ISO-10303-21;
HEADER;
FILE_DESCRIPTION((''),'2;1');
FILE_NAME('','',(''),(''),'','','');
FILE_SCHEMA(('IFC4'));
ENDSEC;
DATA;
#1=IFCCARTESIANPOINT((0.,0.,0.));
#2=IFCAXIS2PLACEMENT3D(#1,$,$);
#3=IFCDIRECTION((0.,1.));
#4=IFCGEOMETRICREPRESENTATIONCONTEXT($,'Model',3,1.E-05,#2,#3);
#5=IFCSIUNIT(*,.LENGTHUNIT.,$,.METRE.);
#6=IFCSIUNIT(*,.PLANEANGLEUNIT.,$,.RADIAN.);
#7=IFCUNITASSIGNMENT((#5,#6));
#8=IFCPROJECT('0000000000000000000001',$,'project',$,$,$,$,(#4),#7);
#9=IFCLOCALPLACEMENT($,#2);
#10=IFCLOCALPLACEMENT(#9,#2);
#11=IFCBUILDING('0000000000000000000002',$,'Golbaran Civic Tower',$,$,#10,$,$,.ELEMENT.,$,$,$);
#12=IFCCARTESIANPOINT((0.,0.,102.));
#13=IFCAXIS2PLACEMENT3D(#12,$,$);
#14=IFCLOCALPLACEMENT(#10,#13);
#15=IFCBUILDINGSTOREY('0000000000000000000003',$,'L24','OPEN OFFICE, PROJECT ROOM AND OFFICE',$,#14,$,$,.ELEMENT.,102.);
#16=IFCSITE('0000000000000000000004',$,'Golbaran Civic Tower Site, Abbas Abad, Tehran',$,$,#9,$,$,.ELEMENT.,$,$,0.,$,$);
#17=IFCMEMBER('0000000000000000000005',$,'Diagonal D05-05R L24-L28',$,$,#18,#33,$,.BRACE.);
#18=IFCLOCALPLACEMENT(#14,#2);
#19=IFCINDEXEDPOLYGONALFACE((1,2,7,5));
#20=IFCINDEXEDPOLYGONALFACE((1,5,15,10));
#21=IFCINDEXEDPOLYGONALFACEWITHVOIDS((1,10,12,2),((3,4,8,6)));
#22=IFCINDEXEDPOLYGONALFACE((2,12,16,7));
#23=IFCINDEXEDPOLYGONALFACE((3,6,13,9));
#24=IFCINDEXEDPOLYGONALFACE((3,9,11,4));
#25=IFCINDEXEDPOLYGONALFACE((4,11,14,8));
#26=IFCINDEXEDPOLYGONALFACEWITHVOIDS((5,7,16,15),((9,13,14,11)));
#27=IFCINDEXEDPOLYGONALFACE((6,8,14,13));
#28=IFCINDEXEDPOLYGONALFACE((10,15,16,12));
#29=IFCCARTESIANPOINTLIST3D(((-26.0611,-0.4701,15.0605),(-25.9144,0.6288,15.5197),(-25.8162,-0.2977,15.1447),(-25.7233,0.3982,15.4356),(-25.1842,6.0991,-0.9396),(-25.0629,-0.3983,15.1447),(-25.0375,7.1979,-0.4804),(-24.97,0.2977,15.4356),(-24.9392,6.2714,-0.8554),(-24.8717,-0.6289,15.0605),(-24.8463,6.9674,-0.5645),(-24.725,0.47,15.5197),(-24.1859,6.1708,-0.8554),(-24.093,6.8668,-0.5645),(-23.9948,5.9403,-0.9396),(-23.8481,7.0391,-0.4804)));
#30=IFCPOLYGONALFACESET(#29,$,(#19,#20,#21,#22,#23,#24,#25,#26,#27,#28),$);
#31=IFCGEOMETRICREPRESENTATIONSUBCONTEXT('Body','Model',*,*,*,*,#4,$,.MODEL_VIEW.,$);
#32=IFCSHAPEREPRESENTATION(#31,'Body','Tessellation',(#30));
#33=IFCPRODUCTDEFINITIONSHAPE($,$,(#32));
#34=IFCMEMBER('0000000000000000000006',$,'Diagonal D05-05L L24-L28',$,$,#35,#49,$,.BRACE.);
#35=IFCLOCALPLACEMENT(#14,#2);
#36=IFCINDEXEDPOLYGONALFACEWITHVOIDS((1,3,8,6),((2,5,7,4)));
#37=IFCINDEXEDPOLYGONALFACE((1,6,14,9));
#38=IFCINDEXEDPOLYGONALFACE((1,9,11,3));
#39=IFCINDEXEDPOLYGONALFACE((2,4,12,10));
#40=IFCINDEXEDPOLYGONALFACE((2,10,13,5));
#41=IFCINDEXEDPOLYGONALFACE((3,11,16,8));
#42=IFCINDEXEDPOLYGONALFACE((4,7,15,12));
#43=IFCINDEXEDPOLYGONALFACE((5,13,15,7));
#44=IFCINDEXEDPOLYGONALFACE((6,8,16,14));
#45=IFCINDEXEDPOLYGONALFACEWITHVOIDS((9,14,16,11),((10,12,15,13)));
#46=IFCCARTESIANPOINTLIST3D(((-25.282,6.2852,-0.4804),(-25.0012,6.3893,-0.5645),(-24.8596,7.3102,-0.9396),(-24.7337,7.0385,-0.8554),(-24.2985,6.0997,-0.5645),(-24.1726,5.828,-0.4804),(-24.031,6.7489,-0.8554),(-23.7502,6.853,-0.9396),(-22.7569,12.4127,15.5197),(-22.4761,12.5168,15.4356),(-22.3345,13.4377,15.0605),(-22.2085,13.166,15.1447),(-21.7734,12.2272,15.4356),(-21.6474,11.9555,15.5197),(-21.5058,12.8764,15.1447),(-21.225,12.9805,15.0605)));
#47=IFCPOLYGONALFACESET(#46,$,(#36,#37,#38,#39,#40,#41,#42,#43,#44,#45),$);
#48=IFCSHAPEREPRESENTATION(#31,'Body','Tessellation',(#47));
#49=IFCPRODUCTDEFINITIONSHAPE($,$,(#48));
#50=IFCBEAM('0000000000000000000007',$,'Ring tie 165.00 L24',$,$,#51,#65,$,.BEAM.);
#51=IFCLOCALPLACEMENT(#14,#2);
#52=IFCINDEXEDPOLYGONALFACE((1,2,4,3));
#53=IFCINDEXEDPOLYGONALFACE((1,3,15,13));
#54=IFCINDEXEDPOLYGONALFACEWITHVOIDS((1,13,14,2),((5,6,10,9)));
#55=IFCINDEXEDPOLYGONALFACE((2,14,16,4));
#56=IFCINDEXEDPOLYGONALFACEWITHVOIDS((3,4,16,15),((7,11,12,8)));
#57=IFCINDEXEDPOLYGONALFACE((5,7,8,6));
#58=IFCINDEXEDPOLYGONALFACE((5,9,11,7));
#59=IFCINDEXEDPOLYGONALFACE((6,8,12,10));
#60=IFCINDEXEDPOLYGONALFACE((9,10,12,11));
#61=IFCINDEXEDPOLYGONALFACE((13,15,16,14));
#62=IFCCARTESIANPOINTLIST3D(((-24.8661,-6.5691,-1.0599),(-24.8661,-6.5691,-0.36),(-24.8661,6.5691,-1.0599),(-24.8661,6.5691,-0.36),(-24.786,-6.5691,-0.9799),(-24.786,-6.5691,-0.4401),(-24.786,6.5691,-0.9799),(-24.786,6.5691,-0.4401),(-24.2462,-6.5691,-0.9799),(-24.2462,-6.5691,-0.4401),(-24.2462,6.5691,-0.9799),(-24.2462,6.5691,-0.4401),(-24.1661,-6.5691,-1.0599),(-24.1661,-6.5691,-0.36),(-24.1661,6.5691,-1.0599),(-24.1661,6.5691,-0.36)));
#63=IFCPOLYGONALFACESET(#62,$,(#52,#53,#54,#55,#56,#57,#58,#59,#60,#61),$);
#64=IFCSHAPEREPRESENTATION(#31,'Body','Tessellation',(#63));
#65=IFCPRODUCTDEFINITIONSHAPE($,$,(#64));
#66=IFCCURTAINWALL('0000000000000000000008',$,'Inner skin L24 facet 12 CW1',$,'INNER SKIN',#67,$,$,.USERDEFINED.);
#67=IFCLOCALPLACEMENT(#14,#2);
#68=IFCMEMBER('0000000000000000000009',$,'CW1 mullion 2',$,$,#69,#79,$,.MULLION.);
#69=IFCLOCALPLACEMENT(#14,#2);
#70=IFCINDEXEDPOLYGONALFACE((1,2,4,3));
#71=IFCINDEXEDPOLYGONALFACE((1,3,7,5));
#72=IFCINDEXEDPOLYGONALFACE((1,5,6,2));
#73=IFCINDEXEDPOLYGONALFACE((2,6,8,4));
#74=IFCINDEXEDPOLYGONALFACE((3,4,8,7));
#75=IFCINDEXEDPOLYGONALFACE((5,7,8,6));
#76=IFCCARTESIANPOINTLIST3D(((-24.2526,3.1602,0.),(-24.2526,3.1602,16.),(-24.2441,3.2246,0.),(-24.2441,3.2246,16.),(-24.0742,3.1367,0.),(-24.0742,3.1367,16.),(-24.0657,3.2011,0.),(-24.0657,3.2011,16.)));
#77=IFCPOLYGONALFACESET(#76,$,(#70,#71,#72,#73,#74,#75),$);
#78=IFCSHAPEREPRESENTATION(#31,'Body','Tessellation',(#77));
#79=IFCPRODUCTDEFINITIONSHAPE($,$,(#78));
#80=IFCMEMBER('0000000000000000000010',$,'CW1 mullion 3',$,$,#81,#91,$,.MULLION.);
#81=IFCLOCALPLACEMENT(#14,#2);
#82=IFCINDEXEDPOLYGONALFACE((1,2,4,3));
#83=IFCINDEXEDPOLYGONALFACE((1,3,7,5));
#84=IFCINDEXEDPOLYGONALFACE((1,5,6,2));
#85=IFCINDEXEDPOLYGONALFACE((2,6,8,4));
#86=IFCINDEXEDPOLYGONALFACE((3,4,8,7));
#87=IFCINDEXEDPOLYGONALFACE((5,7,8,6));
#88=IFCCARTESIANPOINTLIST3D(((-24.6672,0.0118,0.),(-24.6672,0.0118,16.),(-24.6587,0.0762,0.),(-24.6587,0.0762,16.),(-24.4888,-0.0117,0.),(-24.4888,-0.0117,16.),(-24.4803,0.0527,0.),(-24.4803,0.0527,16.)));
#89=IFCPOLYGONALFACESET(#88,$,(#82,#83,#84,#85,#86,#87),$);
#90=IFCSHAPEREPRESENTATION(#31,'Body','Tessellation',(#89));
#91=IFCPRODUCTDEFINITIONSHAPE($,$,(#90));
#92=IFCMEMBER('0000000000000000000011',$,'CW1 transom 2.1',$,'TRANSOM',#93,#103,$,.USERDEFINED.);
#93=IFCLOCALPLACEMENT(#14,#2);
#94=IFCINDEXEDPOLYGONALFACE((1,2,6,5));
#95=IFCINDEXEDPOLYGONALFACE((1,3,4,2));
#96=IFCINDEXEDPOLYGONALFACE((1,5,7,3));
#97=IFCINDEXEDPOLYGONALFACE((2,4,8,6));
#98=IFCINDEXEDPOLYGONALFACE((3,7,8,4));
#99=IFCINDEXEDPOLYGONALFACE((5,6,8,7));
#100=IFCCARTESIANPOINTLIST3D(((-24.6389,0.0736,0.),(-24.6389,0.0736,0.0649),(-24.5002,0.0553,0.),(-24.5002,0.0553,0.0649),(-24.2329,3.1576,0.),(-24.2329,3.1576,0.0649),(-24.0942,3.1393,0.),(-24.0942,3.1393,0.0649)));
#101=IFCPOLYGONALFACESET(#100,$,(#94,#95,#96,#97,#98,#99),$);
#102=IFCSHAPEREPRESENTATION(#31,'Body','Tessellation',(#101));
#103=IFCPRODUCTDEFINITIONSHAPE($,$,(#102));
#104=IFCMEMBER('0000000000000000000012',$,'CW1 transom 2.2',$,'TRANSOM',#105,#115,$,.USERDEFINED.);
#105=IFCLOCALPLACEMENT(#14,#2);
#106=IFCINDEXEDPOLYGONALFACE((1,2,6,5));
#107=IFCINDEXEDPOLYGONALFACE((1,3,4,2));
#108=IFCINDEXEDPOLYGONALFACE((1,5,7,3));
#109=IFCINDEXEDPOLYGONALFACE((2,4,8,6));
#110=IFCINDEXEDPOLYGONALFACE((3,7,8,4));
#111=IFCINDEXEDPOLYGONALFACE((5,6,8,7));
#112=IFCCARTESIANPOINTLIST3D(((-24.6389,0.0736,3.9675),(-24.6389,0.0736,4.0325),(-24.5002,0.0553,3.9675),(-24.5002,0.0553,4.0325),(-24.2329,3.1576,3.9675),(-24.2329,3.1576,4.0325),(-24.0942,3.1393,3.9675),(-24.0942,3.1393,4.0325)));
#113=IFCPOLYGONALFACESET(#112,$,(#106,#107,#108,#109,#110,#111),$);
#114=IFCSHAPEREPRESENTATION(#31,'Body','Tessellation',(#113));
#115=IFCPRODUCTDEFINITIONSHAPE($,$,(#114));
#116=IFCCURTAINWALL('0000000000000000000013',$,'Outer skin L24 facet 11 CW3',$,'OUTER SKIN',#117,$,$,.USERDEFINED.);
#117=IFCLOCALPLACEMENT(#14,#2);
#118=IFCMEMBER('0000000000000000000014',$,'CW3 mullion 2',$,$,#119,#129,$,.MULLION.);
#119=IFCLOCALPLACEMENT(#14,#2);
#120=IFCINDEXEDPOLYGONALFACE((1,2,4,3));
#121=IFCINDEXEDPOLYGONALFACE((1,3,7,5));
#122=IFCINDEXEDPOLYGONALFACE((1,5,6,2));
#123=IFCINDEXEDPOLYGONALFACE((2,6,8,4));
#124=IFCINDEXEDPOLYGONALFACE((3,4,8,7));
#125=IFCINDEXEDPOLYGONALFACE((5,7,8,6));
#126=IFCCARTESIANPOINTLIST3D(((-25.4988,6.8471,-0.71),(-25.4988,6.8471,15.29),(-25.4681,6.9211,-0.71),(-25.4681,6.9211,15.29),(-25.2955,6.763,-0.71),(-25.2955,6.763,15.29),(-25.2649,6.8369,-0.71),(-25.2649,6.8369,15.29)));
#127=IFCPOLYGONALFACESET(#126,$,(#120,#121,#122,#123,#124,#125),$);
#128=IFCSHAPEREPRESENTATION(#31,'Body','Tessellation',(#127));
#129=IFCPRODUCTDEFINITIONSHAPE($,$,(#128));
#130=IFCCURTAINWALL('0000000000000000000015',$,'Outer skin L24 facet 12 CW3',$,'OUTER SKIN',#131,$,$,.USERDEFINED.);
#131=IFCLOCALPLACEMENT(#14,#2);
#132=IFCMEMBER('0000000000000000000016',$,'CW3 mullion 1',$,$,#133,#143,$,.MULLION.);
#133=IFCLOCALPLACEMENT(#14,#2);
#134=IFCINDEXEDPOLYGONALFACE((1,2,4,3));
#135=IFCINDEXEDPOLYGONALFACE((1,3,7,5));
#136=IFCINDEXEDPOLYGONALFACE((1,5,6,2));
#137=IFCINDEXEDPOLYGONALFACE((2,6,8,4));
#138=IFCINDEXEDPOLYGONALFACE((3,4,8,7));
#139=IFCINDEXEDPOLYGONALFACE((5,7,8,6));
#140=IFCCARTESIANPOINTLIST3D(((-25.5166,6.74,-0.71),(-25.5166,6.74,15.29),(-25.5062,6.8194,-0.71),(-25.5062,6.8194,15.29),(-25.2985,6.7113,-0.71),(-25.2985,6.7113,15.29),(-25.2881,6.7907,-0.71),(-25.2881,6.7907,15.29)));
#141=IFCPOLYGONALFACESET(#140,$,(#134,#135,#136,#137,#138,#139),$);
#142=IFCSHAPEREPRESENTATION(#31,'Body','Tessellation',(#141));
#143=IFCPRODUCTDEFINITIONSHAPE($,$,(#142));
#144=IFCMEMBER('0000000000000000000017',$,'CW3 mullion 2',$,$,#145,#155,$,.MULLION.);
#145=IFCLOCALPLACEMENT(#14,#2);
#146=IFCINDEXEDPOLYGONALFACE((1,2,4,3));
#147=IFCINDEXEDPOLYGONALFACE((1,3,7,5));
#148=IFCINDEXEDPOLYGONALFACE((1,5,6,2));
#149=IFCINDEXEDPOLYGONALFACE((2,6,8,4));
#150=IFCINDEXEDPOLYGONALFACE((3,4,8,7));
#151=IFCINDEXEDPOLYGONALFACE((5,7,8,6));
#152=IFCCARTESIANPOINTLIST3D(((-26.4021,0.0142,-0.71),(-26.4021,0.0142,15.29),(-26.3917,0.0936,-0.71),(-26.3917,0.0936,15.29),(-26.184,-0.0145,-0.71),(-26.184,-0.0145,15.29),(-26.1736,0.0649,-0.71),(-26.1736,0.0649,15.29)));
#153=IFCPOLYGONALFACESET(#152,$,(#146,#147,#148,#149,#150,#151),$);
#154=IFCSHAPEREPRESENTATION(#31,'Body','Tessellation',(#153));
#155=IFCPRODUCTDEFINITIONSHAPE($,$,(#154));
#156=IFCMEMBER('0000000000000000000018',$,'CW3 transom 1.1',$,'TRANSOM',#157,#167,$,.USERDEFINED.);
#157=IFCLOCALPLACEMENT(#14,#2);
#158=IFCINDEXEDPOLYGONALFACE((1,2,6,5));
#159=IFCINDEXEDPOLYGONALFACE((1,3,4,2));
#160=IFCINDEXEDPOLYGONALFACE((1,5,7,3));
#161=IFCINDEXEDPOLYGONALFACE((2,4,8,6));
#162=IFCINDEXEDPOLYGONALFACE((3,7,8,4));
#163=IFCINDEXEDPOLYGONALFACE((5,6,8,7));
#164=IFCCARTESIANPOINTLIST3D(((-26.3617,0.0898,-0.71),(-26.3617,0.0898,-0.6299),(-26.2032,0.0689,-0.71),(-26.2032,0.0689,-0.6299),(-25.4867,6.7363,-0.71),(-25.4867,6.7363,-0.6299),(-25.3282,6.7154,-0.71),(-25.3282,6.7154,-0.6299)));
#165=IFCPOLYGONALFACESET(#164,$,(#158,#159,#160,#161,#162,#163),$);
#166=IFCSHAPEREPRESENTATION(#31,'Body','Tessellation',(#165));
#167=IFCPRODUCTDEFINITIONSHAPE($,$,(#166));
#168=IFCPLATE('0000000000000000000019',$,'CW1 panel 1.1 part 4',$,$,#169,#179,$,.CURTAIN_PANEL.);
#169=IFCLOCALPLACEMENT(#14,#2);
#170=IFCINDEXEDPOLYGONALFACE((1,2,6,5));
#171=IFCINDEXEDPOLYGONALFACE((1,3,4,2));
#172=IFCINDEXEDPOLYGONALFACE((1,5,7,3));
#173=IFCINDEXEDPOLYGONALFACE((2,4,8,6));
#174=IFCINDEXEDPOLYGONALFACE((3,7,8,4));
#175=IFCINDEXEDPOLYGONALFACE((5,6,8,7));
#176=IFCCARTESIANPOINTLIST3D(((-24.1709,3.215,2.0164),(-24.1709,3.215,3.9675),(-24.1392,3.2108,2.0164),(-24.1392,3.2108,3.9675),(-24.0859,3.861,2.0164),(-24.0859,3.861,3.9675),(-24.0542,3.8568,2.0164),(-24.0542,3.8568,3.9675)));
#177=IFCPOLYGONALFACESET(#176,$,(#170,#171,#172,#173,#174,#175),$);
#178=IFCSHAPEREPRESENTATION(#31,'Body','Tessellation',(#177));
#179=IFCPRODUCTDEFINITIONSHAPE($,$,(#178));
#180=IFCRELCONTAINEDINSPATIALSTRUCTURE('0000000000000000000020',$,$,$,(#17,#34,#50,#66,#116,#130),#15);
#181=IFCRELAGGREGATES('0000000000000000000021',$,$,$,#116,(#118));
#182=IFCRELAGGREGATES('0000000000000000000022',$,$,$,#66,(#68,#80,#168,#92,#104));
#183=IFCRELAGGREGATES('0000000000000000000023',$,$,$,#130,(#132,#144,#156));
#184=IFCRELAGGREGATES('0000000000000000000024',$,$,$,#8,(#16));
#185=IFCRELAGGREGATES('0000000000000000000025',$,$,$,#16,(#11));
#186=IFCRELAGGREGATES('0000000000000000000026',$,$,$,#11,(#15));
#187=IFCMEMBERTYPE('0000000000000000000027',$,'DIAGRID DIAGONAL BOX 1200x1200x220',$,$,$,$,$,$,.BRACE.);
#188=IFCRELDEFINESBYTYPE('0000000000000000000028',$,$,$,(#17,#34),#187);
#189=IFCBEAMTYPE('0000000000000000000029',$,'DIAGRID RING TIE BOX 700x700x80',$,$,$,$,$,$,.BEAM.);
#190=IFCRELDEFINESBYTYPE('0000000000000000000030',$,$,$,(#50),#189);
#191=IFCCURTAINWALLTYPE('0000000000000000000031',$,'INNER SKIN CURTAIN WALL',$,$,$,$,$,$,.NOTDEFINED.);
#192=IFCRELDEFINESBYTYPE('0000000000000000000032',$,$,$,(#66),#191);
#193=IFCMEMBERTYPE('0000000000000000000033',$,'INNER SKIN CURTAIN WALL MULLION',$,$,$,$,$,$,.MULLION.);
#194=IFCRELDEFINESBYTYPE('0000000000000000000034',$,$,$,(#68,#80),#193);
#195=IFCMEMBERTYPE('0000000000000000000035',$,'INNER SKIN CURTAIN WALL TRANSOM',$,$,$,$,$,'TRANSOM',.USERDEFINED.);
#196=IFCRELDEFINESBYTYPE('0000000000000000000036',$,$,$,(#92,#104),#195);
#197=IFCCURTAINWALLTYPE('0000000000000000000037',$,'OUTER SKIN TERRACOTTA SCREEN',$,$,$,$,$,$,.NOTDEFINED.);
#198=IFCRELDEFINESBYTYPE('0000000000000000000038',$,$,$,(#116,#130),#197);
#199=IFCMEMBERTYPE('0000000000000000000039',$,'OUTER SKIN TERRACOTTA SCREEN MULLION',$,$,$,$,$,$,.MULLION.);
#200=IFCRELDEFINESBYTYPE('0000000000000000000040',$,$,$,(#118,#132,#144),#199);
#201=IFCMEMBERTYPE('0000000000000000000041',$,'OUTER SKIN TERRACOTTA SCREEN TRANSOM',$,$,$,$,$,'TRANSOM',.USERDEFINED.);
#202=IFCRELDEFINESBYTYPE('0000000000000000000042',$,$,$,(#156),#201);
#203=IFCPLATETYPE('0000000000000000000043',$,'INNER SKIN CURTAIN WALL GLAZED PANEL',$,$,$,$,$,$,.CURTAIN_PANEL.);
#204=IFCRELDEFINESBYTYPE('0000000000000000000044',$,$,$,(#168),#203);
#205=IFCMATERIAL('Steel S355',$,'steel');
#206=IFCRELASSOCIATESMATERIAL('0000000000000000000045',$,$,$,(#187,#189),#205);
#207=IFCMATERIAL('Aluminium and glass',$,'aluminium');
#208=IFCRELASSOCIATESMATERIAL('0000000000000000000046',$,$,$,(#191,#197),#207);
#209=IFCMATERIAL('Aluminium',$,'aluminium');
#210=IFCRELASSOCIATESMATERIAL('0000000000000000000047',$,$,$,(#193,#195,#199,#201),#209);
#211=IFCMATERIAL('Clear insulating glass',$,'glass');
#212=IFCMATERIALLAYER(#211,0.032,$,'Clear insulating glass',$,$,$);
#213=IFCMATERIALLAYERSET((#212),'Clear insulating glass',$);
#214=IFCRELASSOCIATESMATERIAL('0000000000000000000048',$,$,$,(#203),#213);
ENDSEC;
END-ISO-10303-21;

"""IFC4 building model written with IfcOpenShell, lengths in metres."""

from ifc_helpers import new_model, si_unit, direction, frame, origin, origin_2d, place, context, subcontext, project, spatial, rectangle, hollow_rectangle, extrude, material, layer, layer_set, material_profile, profile_set, type_object, element, aggregate, save


model = new_model("IFC4")

# Units and contexts
model_context = context("Model", 3, precision=1e-05, world=origin(), true_north=direction((0.0, 1.0)))
body_context = subcontext(model_context, "Body", "Model", "MODEL_VIEW")
ifc_project = project(units=[si_unit("LENGTHUNIT", "METRE"), si_unit("PLANEANGLEUNIT", "RADIAN")], contexts=[model_context])

# Site, building, storey
site_placement = place(None, origin())
site = spatial("IfcSite", under=ifc_project, at=site_placement, Name="Golbaran Civic Tower Site, Abbas Abad, Tehran", CompositionType="ELEMENT", RefElevation=0.0)
building_placement = place(site_placement, origin())
building = spatial("IfcBuilding", under=site, at=building_placement, Name="Golbaran Civic Tower", CompositionType="ELEMENT")
storey_placement = place(building_placement, frame((0.0, 0.0, 102.0)))
storey = spatial("IfcBuildingStorey", under=building, at=storey_placement, Name="L24", Description="OPEN OFFICE, PROJECT ROOM AND OFFICE", CompositionType="ELEMENT", Elevation=102.0)

# Members
ifc_material_1 = material(Name="Steel S355", Category="steel")
ifc_material_profile_1 = material_profile(ifc_material_1, hollow_rectangle(XDim=1.2, YDim=1.2, WallThickness=0.22, at=origin_2d()), Name="BOX 1200x1200x220")
ifc_profile_set_1 = profile_set([ifc_material_profile_1], Name="Steel S355")
member_type_1 = type_object("IfcMemberType", Name="DIAGRID DIAGONAL BOX 1200x1200x220", PredefinedType="BRACE", material=ifc_profile_set_1)
for number, where, z_axis, x_axis, name in (
    (1, (-24.5161, 6.5691, -0.71), (-0.050637, -0.379316, 0.923881), (0.991207, -0.132323, 0.0), "Diagonal D05-05R L24-L28"),
    (2, (-24.5161, 6.5691, -0.71), (0.145808, 0.353814, 0.923881), (-0.924567, 0.381018, 0.0), "Diagonal D05-05L L24-L28"),
):
    element("IfcMember", number, at=place(storey_placement, frame(where, z_axis=z_axis, x_axis=x_axis)), inside=storey, type_object=member_type_1, Name=name, PredefinedType="BRACE", context=body_context, shape_type="SweptSolid", body=[
        extrude(hollow_rectangle(XDim=1.2, YDim=1.2, WallThickness=0.22, at=origin_2d()), origin(), (0.0, 0.0, 1.0), 17.3184),
    ])

# Beam
ifc_material_profile_2 = material_profile(ifc_material_1, hollow_rectangle(XDim=0.7, YDim=0.7, WallThickness=0.0801, at=origin_2d()), Name="BOX 700x700x80")
ifc_profile_set_2 = profile_set([ifc_material_profile_2], Name="Steel S355")
beam_type = type_object("IfcBeamType", Name="DIAGRID RING TIE BOX 700x700x80", PredefinedType="BEAM", material=ifc_profile_set_2)
beam_placement = place(storey_placement, frame((-24.5161, 6.5691, -0.71), z_axis=(0.0, -1.0, 0.0), x_axis=(1.0, 0.0, 0.0)))
element("IfcBeam", 3, at=beam_placement, inside=storey, type_object=beam_type, Name="Ring tie 165.00 L24", PredefinedType="BEAM", context=body_context, shape_type="SweptSolid", body=[
    extrude(hollow_rectangle(XDim=0.7, YDim=0.7, WallThickness=0.0801, at=origin_2d()), origin(), (0.0, 0.0, 1.0), 13.1382),
])

# Curtain wall, members
ifc_material_2 = material(Name="Aluminium and glass", Category="aluminium")
curtain_wall_type_1 = type_object("IfcCurtainWallType", Name="INNER SKIN CURTAIN WALL", PredefinedType="NOTDEFINED", material=ifc_material_2)
curtain_wall_1_placement = place(storey_placement, origin())
curtain_wall_1 = element("IfcCurtainWall", 4, at=curtain_wall_1_placement, inside=storey, type_object=curtain_wall_type_1, Name="Inner skin L24 facet 12 CW1", ObjectType="INNER SKIN", PredefinedType="USERDEFINED")
ifc_material_3 = material(Name="Aluminium", Category="aluminium")
ifc_material_profile_3 = material_profile(ifc_material_3, rectangle(XDim=0.1799, YDim=0.0649, at=origin_2d()), Name="INNER SKIN CURTAIN WALL MULLION")
ifc_profile_set_3 = profile_set([ifc_material_profile_3], Name="Aluminium")
member_type_2 = type_object("IfcMemberType", Name="INNER SKIN CURTAIN WALL MULLION", PredefinedType="MULLION", material=ifc_profile_set_3)
member_1_placement = place(storey_placement, frame((-24.1592, 3.1807, 0.0), z_axis=(0.0, 0.0, 1.0), x_axis=(0.991445, -0.130526, 0.0)))
member_1 = element("IfcMember", 5, at=member_1_placement, type_object=member_type_2, Name="CW1 mullion 2", PredefinedType="MULLION", context=body_context, shape_type="SweptSolid", body=[
    extrude(rectangle(XDim=0.1799, YDim=0.0649, at=origin_2d()), origin(), (0.0, 0.0, 1.0), 16.0),
])
member_2_placement = place(storey_placement, frame((-24.5737, 0.0322, 0.0), z_axis=(0.0, 0.0, 1.0), x_axis=(0.991445, -0.130526, 0.0)))
member_2 = element("IfcMember", 6, at=member_2_placement, type_object=member_type_2, Name="CW1 mullion 3", PredefinedType="MULLION", context=body_context, shape_type="SweptSolid", body=[
    extrude(rectangle(XDim=0.1799, YDim=0.0649, at=origin_2d()), origin(), (0.0, 0.0, 1.0), 16.0),
])
ifc_material_profile_4 = material_profile(ifc_material_3, rectangle(XDim=0.1399, YDim=0.0649, at=origin_2d()), Name="INNER SKIN CURTAIN WALL TRANSOM")
ifc_profile_set_4 = profile_set([ifc_material_profile_4], Name="Aluminium")
member_type_3 = type_object("IfcMemberType", Name="INNER SKIN CURTAIN WALL TRANSOM", ElementType="TRANSOM", PredefinedType="USERDEFINED", material=ifc_profile_set_4)
member_3_placement = place(storey_placement, frame((-24.1636, 3.1484, 0.0325), z_axis=(-0.130524, -0.991445, 0.0), x_axis=(0.991445, -0.130524, 0.0)))
member_3 = element("IfcMember", 7, at=member_3_placement, type_object=member_type_3, Name="CW1 transom 2.1", ObjectType="TRANSOM", PredefinedType="USERDEFINED", context=body_context, shape_type="SweptSolid", body=[
    extrude(rectangle(XDim=0.1399, YDim=0.0649, at=origin_2d()), origin(), (0.0, 0.0, 1.0), 3.1106),
])
member_4_placement = place(storey_placement, frame((-24.1636, 3.1484, 4.0), z_axis=(-0.130524, -0.991445, 0.0), x_axis=(0.991445, -0.130524, 0.0)))
member_4 = element("IfcMember", 8, at=member_4_placement, type_object=member_type_3, Name="CW1 transom 2.2", ObjectType="TRANSOM", PredefinedType="USERDEFINED", context=body_context, shape_type="SweptSolid", body=[
    extrude(rectangle(XDim=0.1399, YDim=0.0649, at=origin_2d()), origin(), (0.0, 0.0, 1.0), 3.1106),
])

# Curtain wall, member
curtain_wall_type_2 = type_object("IfcCurtainWallType", Name="OUTER SKIN TERRACOTTA SCREEN", PredefinedType="NOTDEFINED", material=ifc_material_2)
curtain_wall_2_placement = place(storey_placement, origin())
curtain_wall_2 = element("IfcCurtainWall", 9, at=curtain_wall_2_placement, inside=storey, type_object=curtain_wall_type_2, Name="Outer skin L24 facet 11 CW3", ObjectType="OUTER SKIN", PredefinedType="USERDEFINED")
ifc_material_profile_5 = material_profile(ifc_material_3, rectangle(XDim=0.22, YDim=0.0801, at=origin_2d()), Name="OUTER SKIN TERRACOTTA SCREEN MULLION")
ifc_profile_set_5 = profile_set([ifc_material_profile_5], Name="Aluminium")
member_type_4 = type_object("IfcMemberType", Name="OUTER SKIN TERRACOTTA SCREEN MULLION", PredefinedType="MULLION", material=ifc_profile_set_5)
member_5_placement = place(storey_placement, frame((-25.3818, 6.842, -0.71), z_axis=(0.0, 0.0, 1.0), x_axis=(0.92388, -0.382683, 0.0)))
member_5 = element("IfcMember", 10, at=member_5_placement, type_object=member_type_4, Name="CW3 mullion 2", PredefinedType="MULLION", context=body_context, shape_type="SweptSolid", body=[
    extrude(rectangle(XDim=0.22, YDim=0.0801, at=origin_2d()), origin(), (0.0, 0.0, 1.0), 16.0),
])
aggregate(curtain_wall_2, [member_5])

# Curtain wall, members
curtain_wall_3_placement = place(storey_placement, origin())
curtain_wall_3 = element("IfcCurtainWall", 11, at=curtain_wall_3_placement, inside=storey, type_object=curtain_wall_type_2, Name="Outer skin L24 facet 12 CW3", ObjectType="OUTER SKIN", PredefinedType="USERDEFINED")
member_6_placement = place(storey_placement, frame((-25.4023, 6.7654, -0.71), z_axis=(0.0, 0.0, 1.0), x_axis=(0.991445, -0.130526, 0.0)))
member_6 = element("IfcMember", 12, at=member_6_placement, type_object=member_type_4, Name="CW3 mullion 1", PredefinedType="MULLION", context=body_context, shape_type="SweptSolid", body=[
    extrude(rectangle(XDim=0.22, YDim=0.0801, at=origin_2d()), origin(), (0.0, 0.0, 1.0), 16.0),
])
member_7_placement = place(storey_placement, frame((-26.2878, 0.0396, -0.71), z_axis=(0.0, 0.0, 1.0), x_axis=(0.991445, -0.130526, 0.0)))
member_7 = element("IfcMember", 13, at=member_7_placement, type_object=member_type_4, Name="CW3 mullion 2", PredefinedType="MULLION", context=body_context, shape_type="SweptSolid", body=[
    extrude(rectangle(XDim=0.22, YDim=0.0801, at=origin_2d()), origin(), (0.0, 0.0, 1.0), 16.0),
])
ifc_material_profile_6 = material_profile(ifc_material_3, rectangle(XDim=0.1599, YDim=0.0801, at=origin_2d()), Name="OUTER SKIN TERRACOTTA SCREEN TRANSOM")
ifc_profile_set_6 = profile_set([ifc_material_profile_6], Name="Aluminium")
member_type_5 = type_object("IfcMemberType", Name="OUTER SKIN TERRACOTTA SCREEN TRANSOM", ElementType="TRANSOM", PredefinedType="USERDEFINED", material=ifc_profile_set_6)
member_8_placement = place(storey_placement, frame((-25.4075, 6.7258, -0.6699), z_axis=(-0.130522, -0.991445, 0.0), x_axis=(0.991445, -0.130522, 0.0)))
member_8 = element("IfcMember", 14, at=member_8_placement, type_object=member_type_5, Name="CW3 transom 1.1", ObjectType="TRANSOM", PredefinedType="USERDEFINED", context=body_context, shape_type="SweptSolid", body=[
    extrude(rectangle(XDim=0.1599, YDim=0.0801, at=origin_2d()), origin(), (0.0, 0.0, 1.0), 6.7039),
])

# Plate
ifc_material_4 = material(Name="Clear insulating glass", Category="glass")
ifc_layer_1 = layer(ifc_material_4, 0.032, Name="Clear insulating glass")
ifc_layer_set_1 = layer_set([ifc_layer_1], Name="Clear insulating glass")
plate_type_1 = type_object("IfcPlateType", Name="INNER SKIN CURTAIN WALL GLAZED PANEL", PredefinedType="CURTAIN_PANEL", material=ifc_layer_set_1)
plate_1_placement = place(storey_placement, frame((-24.1125, 3.5359, 2.0164), z_axis=(0.0, 0.0, 1.0), x_axis=(-0.130526, -0.991445, 0.0)))
plate_1 = element("IfcPlate", 15, at=plate_1_placement, type_object=plate_type_1, Name="CW1 panel 1.1 part 4", PredefinedType="CURTAIN_PANEL", context=body_context, shape_type="SweptSolid", body=[
    extrude(rectangle(XDim=0.6516, YDim=0.032, at=origin_2d()), origin(), (0.0, 0.0, 1.0), 1.9512),
])
aggregate(curtain_wall_1, [member_1, member_2, plate_1, member_3, member_4])
aggregate(curtain_wall_3, [member_6, member_7, member_8])

save(model, "model.ifc")
